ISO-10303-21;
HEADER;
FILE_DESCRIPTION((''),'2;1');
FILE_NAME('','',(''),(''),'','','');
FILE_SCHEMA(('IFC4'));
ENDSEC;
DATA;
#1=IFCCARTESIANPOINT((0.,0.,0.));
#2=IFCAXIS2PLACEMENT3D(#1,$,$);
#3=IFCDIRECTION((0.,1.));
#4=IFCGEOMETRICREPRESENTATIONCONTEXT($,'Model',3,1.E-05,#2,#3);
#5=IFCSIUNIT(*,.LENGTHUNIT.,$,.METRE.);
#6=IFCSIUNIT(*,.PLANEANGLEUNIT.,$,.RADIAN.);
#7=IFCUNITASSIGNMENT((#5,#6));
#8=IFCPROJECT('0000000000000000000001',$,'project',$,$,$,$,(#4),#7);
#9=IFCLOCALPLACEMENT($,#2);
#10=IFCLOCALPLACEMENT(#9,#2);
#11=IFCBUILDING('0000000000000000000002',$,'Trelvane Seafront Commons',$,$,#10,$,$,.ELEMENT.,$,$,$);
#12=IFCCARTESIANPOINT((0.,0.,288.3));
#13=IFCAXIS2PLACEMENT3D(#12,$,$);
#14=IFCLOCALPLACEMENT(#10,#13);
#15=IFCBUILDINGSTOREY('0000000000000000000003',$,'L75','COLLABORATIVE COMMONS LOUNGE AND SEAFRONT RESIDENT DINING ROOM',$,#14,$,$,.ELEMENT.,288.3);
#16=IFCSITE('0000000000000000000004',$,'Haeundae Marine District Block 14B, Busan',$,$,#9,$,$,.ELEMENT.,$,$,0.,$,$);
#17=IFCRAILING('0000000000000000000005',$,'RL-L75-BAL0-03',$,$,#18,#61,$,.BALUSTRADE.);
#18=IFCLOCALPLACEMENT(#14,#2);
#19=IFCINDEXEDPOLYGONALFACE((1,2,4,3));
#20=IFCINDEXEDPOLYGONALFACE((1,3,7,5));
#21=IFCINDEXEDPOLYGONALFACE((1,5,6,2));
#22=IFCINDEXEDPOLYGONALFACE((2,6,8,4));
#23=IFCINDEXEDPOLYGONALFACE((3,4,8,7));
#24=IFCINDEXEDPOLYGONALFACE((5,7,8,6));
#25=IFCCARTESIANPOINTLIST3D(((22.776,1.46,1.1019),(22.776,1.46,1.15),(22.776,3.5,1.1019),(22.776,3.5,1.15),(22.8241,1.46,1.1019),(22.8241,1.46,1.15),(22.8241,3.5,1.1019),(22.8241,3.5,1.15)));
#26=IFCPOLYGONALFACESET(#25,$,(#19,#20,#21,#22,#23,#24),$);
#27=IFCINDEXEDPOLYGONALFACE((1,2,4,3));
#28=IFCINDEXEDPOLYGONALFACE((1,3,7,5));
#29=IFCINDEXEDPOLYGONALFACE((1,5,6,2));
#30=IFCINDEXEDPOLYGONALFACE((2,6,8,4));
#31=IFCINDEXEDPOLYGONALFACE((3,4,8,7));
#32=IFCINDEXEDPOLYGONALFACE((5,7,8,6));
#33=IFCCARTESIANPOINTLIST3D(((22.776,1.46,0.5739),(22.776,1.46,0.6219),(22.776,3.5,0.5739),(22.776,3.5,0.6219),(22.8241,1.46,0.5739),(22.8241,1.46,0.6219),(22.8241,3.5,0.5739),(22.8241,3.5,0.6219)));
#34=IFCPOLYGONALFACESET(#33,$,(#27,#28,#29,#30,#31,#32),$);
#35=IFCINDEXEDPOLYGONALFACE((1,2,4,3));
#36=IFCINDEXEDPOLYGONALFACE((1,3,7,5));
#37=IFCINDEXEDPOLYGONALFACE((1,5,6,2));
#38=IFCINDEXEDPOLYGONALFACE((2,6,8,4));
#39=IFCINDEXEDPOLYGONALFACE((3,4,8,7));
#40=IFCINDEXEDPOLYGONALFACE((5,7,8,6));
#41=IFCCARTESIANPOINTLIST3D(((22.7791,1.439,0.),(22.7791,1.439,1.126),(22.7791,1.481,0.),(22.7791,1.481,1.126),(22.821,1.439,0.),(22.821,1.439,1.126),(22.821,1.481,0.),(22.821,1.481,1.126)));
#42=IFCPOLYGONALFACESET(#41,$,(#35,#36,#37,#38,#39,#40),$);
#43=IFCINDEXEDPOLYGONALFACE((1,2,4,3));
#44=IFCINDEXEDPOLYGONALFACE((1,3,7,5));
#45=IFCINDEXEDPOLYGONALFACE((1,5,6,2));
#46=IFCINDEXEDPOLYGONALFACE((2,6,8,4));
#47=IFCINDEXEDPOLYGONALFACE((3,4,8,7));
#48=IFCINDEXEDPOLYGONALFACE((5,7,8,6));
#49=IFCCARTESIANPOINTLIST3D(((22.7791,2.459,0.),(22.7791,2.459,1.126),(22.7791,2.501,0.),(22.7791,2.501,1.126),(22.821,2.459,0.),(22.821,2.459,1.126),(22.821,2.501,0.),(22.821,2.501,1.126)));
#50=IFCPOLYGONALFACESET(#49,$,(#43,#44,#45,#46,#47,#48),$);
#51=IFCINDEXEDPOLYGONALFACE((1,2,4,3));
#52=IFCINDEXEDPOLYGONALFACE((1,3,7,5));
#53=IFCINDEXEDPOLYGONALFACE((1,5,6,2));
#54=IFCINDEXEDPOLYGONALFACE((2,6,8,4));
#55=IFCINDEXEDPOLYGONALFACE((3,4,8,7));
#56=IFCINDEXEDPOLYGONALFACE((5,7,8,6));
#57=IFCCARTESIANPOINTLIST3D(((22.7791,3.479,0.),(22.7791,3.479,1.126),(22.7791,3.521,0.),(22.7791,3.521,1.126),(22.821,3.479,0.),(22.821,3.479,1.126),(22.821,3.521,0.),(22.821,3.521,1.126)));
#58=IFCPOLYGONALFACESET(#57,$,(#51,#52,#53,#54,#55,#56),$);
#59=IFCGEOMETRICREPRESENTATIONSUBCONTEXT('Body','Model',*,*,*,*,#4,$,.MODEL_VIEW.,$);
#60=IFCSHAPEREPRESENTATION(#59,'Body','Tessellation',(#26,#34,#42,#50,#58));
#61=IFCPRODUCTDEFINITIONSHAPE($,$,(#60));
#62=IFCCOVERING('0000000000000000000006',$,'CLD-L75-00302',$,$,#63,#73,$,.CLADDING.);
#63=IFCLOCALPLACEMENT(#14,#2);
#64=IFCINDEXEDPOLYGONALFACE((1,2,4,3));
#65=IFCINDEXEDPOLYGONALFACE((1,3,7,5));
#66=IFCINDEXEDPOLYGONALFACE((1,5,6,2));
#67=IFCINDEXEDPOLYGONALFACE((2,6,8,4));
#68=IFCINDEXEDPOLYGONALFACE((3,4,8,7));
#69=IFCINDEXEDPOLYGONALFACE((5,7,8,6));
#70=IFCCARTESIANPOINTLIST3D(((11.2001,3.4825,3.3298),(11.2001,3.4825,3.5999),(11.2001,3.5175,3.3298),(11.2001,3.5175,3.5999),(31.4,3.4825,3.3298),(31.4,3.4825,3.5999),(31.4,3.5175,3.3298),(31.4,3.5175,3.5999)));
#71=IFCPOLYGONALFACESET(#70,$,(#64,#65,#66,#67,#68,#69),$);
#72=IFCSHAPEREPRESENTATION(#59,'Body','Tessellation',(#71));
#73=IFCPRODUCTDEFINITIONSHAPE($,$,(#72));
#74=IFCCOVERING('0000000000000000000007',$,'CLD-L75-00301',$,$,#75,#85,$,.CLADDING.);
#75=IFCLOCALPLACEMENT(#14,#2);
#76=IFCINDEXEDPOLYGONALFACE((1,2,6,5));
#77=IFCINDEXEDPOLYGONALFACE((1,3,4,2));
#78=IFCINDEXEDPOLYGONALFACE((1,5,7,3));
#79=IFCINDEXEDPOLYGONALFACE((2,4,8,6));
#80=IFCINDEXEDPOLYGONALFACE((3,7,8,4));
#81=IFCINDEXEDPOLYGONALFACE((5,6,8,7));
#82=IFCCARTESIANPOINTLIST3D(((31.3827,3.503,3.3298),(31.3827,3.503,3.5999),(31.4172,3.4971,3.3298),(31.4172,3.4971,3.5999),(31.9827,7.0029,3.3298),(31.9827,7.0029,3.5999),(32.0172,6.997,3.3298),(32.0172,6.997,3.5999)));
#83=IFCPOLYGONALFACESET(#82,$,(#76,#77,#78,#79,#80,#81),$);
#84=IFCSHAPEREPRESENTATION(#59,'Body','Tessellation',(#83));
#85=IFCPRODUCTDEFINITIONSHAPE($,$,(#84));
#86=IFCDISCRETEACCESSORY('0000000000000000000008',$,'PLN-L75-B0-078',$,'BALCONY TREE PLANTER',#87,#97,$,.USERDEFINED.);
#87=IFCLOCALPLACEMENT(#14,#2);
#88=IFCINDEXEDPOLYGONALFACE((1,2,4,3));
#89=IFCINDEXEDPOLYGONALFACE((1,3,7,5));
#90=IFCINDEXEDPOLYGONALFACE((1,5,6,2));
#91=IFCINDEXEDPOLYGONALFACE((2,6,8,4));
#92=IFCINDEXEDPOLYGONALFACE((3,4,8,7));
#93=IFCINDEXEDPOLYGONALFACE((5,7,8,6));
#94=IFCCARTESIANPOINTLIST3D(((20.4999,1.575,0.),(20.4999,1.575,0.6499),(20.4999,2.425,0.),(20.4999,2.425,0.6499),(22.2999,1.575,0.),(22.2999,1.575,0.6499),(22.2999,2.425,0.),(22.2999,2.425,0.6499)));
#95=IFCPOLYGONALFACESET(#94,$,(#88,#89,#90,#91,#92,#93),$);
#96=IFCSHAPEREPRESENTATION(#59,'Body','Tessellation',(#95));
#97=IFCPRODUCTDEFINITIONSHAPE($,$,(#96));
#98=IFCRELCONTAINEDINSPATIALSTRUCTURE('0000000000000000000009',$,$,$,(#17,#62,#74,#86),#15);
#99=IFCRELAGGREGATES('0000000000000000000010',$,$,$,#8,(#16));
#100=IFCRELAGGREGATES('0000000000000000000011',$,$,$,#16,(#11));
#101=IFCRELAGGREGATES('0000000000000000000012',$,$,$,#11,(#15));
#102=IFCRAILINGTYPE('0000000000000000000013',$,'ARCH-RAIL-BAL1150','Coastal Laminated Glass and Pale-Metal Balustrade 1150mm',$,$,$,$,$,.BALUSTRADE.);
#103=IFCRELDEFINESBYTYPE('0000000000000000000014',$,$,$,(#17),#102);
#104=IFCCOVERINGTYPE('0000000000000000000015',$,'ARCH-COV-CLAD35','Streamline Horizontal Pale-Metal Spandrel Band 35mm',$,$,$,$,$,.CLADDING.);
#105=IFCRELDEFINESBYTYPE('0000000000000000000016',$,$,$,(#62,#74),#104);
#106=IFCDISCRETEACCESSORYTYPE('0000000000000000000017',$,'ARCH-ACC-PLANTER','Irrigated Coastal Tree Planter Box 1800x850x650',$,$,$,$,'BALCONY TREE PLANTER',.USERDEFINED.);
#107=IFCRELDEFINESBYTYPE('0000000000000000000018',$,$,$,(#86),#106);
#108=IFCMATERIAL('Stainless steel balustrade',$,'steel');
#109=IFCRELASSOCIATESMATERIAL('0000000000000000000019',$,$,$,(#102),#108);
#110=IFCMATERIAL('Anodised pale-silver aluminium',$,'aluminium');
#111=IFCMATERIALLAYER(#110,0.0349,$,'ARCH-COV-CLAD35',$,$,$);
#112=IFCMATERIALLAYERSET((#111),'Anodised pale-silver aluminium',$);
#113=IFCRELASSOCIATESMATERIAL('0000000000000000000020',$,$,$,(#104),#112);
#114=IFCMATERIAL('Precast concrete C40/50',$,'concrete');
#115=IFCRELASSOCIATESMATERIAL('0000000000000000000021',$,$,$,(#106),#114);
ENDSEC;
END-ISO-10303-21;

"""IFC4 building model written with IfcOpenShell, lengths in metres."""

from ifc_helpers import new_model, si_unit, direction, frame, origin, origin_2d, place, context, subcontext, project, spatial, rectangle, extrude, source, transform, mapped, material, layer, layer_set, type_object, element, save


model = new_model("IFC4")

# Units and contexts
model_context = context("Model", 3, precision=1e-05, world=origin(), true_north=direction((0.0, 1.0)))
body_context = subcontext(model_context, "Body", "Model", "MODEL_VIEW")
ifc_project = project(units=[si_unit("LENGTHUNIT", "METRE"), si_unit("PLANEANGLEUNIT", "RADIAN")], contexts=[model_context])

# Site, building, storey
site_placement = place(None, origin())
site = spatial("IfcSite", under=ifc_project, at=site_placement, Name="Haeundae Marine District Block 14B, Busan", CompositionType="ELEMENT", RefElevation=0.0)
building_placement = place(site_placement, origin())
building = spatial("IfcBuilding", under=site, at=building_placement, Name="Trelvane Seafront Commons", CompositionType="ELEMENT")
storey_placement = place(building_placement, frame((0.0, 0.0, 288.3)))
storey = spatial("IfcBuildingStorey", under=building, at=storey_placement, Name="L75", Description="COLLABORATIVE COMMONS LOUNGE AND SEAFRONT RESIDENT DINING ROOM", CompositionType="ELEMENT", Elevation=288.3)

# Shared definitions
ifc_material_1 = material(Name="Anodised pale-silver aluminium", Category="aluminium")

# Shared definitions
ifc_material_2 = material(Name="Precast concrete C40/50", Category="concrete")

# Railing
ifc_material_3 = material(Name="Stainless steel balustrade", Category="steel")
railing_type = type_object("IfcRailingType", Name="ARCH-RAIL-BAL1150", Description="Coastal Laminated Glass and Pale-Metal Balustrade 1150mm", PredefinedType="BALUSTRADE", material=ifc_material_3)
railing_1_placement = place(storey_placement, frame((22.8, 1.46, 0.0)))
element("IfcRailing", 1, at=railing_1_placement, inside=storey, type_object=railing_type, Name="RL-L75-BAL0-03", PredefinedType="BALUSTRADE", context=body_context, shape_type="SweptSolid", body=[
    extrude(rectangle(XDim=0.0481, YDim=0.0481, at=origin_2d()), frame((0.0, 0.0, 1.126), z_axis=(0.0, 1.0, 0.0), x_axis=(-1.0, 0.0, 0.0)), (0.0, 0.0, 1.0), 2.04),
    extrude(rectangle(XDim=0.0481, YDim=0.0481, at=origin_2d()), frame((0.0, 0.0, 0.5979), z_axis=(0.0, 1.0, 0.0), x_axis=(-1.0, 0.0, 0.0)), (0.0, 0.0, 1.0), 2.04),
    extrude(rectangle(XDim=0.042, YDim=0.042, at=origin_2d()), origin(), (0.0, 0.0, 1.0), 1.126),
    extrude(rectangle(XDim=0.042, YDim=0.042, at=origin_2d()), frame((0.0, 1.02, 0.0)), (0.0, 0.0, 1.0), 1.126),
    extrude(rectangle(XDim=0.042, YDim=0.042, at=origin_2d()), frame((0.0, 2.04, 0.0)), (0.0, 0.0, 1.0), 1.126),
])

# Coverings
ifc_layer_1 = layer(ifc_material_1, 0.0349, Name="ARCH-COV-CLAD35")
ifc_layer_set_1 = layer_set([ifc_layer_1], Name="Anodised pale-silver aluminium")
covering_type = type_object("IfcCoveringType", Name="ARCH-COV-CLAD35", Description="Streamline Horizontal Pale-Metal Spandrel Band 35mm", PredefinedType="CLADDING", material=ifc_layer_set_1)
shared_shape_1 = source(origin(), body_context, "Body", "SweptSolid", [
    extrude(rectangle(XDim=20.2, YDim=0.0349, at=origin_2d()), origin(), (0.0, 0.0, 1.0), 0.27),
])
covering_1_placement = place(storey_placement, frame((21.3, 3.5, 3.3298), z_axis=(0.0, 0.0, 1.0), x_axis=(-1.0, 0.0, 0.0)))
element("IfcCovering", 2, at=covering_1_placement, inside=storey, type_object=covering_type, Name="CLD-L75-00302", PredefinedType="CLADDING", context=body_context, shape_type="MappedRepresentation", body=[
    mapped(shared_shape_1, transform((0.0, 0.0, 0.0), x_axis=(1.0, 0.0, 0.0), y_axis=(0.0, 1.0, 0.0), z_axis=(0.0, 0.0, 1.0), scale=1.0)),
])
shared_shape_2 = source(origin(), body_context, "Body", "SweptSolid", [
    extrude(rectangle(XDim=3.551, YDim=0.0349, at=origin_2d()), origin(), (0.0, 0.0, 1.0), 0.27),
])
covering_2_placement = place(storey_placement, frame((31.7, 5.25, 3.3298), z_axis=(0.0, 0.0, 1.0), x_axis=(-0.168964, -0.985622, 0.0)))
element("IfcCovering", 3, at=covering_2_placement, inside=storey, type_object=covering_type, Name="CLD-L75-00301", PredefinedType="CLADDING", context=body_context, shape_type="MappedRepresentation", body=[
    mapped(shared_shape_2, transform((0.0, 0.0, 0.0), x_axis=(1.0, 0.0, 0.0), y_axis=(0.0, 1.0, 0.0), z_axis=(0.0, 0.0, 1.0), scale=1.0)),
])

# Discrete accessory
discrete_accessory_type = type_object("IfcDiscreteAccessoryType", Name="ARCH-ACC-PLANTER", Description="Irrigated Coastal Tree Planter Box 1800x850x650", ElementType="BALCONY TREE PLANTER", PredefinedType="USERDEFINED", material=ifc_material_2)
shared_shape_3 = source(origin(), body_context, "Body", "SweptSolid", [
    extrude(rectangle(XDim=1.8, YDim=0.8501, at=origin_2d()), origin(), (0.0, 0.0, 1.0), 0.6499),
])
discrete_accessory_placement = place(storey_placement, frame((21.3999, 2.0, 0.0), z_axis=(0.0, 0.0, 1.0), x_axis=(1.0, 0.0, 0.0)))
element("IfcDiscreteAccessory", 4, at=discrete_accessory_placement, inside=storey, type_object=discrete_accessory_type, Name="PLN-L75-B0-078", ObjectType="BALCONY TREE PLANTER", PredefinedType="USERDEFINED", context=body_context, shape_type="MappedRepresentation", body=[
    mapped(shared_shape_3, transform((0.0, 0.0, 0.0), x_axis=(1.0, 0.0, 0.0), y_axis=(0.0, 1.0, 0.0), z_axis=(0.0, 0.0, 1.0), scale=1.0)),
])

save(model, "model.ifc")
